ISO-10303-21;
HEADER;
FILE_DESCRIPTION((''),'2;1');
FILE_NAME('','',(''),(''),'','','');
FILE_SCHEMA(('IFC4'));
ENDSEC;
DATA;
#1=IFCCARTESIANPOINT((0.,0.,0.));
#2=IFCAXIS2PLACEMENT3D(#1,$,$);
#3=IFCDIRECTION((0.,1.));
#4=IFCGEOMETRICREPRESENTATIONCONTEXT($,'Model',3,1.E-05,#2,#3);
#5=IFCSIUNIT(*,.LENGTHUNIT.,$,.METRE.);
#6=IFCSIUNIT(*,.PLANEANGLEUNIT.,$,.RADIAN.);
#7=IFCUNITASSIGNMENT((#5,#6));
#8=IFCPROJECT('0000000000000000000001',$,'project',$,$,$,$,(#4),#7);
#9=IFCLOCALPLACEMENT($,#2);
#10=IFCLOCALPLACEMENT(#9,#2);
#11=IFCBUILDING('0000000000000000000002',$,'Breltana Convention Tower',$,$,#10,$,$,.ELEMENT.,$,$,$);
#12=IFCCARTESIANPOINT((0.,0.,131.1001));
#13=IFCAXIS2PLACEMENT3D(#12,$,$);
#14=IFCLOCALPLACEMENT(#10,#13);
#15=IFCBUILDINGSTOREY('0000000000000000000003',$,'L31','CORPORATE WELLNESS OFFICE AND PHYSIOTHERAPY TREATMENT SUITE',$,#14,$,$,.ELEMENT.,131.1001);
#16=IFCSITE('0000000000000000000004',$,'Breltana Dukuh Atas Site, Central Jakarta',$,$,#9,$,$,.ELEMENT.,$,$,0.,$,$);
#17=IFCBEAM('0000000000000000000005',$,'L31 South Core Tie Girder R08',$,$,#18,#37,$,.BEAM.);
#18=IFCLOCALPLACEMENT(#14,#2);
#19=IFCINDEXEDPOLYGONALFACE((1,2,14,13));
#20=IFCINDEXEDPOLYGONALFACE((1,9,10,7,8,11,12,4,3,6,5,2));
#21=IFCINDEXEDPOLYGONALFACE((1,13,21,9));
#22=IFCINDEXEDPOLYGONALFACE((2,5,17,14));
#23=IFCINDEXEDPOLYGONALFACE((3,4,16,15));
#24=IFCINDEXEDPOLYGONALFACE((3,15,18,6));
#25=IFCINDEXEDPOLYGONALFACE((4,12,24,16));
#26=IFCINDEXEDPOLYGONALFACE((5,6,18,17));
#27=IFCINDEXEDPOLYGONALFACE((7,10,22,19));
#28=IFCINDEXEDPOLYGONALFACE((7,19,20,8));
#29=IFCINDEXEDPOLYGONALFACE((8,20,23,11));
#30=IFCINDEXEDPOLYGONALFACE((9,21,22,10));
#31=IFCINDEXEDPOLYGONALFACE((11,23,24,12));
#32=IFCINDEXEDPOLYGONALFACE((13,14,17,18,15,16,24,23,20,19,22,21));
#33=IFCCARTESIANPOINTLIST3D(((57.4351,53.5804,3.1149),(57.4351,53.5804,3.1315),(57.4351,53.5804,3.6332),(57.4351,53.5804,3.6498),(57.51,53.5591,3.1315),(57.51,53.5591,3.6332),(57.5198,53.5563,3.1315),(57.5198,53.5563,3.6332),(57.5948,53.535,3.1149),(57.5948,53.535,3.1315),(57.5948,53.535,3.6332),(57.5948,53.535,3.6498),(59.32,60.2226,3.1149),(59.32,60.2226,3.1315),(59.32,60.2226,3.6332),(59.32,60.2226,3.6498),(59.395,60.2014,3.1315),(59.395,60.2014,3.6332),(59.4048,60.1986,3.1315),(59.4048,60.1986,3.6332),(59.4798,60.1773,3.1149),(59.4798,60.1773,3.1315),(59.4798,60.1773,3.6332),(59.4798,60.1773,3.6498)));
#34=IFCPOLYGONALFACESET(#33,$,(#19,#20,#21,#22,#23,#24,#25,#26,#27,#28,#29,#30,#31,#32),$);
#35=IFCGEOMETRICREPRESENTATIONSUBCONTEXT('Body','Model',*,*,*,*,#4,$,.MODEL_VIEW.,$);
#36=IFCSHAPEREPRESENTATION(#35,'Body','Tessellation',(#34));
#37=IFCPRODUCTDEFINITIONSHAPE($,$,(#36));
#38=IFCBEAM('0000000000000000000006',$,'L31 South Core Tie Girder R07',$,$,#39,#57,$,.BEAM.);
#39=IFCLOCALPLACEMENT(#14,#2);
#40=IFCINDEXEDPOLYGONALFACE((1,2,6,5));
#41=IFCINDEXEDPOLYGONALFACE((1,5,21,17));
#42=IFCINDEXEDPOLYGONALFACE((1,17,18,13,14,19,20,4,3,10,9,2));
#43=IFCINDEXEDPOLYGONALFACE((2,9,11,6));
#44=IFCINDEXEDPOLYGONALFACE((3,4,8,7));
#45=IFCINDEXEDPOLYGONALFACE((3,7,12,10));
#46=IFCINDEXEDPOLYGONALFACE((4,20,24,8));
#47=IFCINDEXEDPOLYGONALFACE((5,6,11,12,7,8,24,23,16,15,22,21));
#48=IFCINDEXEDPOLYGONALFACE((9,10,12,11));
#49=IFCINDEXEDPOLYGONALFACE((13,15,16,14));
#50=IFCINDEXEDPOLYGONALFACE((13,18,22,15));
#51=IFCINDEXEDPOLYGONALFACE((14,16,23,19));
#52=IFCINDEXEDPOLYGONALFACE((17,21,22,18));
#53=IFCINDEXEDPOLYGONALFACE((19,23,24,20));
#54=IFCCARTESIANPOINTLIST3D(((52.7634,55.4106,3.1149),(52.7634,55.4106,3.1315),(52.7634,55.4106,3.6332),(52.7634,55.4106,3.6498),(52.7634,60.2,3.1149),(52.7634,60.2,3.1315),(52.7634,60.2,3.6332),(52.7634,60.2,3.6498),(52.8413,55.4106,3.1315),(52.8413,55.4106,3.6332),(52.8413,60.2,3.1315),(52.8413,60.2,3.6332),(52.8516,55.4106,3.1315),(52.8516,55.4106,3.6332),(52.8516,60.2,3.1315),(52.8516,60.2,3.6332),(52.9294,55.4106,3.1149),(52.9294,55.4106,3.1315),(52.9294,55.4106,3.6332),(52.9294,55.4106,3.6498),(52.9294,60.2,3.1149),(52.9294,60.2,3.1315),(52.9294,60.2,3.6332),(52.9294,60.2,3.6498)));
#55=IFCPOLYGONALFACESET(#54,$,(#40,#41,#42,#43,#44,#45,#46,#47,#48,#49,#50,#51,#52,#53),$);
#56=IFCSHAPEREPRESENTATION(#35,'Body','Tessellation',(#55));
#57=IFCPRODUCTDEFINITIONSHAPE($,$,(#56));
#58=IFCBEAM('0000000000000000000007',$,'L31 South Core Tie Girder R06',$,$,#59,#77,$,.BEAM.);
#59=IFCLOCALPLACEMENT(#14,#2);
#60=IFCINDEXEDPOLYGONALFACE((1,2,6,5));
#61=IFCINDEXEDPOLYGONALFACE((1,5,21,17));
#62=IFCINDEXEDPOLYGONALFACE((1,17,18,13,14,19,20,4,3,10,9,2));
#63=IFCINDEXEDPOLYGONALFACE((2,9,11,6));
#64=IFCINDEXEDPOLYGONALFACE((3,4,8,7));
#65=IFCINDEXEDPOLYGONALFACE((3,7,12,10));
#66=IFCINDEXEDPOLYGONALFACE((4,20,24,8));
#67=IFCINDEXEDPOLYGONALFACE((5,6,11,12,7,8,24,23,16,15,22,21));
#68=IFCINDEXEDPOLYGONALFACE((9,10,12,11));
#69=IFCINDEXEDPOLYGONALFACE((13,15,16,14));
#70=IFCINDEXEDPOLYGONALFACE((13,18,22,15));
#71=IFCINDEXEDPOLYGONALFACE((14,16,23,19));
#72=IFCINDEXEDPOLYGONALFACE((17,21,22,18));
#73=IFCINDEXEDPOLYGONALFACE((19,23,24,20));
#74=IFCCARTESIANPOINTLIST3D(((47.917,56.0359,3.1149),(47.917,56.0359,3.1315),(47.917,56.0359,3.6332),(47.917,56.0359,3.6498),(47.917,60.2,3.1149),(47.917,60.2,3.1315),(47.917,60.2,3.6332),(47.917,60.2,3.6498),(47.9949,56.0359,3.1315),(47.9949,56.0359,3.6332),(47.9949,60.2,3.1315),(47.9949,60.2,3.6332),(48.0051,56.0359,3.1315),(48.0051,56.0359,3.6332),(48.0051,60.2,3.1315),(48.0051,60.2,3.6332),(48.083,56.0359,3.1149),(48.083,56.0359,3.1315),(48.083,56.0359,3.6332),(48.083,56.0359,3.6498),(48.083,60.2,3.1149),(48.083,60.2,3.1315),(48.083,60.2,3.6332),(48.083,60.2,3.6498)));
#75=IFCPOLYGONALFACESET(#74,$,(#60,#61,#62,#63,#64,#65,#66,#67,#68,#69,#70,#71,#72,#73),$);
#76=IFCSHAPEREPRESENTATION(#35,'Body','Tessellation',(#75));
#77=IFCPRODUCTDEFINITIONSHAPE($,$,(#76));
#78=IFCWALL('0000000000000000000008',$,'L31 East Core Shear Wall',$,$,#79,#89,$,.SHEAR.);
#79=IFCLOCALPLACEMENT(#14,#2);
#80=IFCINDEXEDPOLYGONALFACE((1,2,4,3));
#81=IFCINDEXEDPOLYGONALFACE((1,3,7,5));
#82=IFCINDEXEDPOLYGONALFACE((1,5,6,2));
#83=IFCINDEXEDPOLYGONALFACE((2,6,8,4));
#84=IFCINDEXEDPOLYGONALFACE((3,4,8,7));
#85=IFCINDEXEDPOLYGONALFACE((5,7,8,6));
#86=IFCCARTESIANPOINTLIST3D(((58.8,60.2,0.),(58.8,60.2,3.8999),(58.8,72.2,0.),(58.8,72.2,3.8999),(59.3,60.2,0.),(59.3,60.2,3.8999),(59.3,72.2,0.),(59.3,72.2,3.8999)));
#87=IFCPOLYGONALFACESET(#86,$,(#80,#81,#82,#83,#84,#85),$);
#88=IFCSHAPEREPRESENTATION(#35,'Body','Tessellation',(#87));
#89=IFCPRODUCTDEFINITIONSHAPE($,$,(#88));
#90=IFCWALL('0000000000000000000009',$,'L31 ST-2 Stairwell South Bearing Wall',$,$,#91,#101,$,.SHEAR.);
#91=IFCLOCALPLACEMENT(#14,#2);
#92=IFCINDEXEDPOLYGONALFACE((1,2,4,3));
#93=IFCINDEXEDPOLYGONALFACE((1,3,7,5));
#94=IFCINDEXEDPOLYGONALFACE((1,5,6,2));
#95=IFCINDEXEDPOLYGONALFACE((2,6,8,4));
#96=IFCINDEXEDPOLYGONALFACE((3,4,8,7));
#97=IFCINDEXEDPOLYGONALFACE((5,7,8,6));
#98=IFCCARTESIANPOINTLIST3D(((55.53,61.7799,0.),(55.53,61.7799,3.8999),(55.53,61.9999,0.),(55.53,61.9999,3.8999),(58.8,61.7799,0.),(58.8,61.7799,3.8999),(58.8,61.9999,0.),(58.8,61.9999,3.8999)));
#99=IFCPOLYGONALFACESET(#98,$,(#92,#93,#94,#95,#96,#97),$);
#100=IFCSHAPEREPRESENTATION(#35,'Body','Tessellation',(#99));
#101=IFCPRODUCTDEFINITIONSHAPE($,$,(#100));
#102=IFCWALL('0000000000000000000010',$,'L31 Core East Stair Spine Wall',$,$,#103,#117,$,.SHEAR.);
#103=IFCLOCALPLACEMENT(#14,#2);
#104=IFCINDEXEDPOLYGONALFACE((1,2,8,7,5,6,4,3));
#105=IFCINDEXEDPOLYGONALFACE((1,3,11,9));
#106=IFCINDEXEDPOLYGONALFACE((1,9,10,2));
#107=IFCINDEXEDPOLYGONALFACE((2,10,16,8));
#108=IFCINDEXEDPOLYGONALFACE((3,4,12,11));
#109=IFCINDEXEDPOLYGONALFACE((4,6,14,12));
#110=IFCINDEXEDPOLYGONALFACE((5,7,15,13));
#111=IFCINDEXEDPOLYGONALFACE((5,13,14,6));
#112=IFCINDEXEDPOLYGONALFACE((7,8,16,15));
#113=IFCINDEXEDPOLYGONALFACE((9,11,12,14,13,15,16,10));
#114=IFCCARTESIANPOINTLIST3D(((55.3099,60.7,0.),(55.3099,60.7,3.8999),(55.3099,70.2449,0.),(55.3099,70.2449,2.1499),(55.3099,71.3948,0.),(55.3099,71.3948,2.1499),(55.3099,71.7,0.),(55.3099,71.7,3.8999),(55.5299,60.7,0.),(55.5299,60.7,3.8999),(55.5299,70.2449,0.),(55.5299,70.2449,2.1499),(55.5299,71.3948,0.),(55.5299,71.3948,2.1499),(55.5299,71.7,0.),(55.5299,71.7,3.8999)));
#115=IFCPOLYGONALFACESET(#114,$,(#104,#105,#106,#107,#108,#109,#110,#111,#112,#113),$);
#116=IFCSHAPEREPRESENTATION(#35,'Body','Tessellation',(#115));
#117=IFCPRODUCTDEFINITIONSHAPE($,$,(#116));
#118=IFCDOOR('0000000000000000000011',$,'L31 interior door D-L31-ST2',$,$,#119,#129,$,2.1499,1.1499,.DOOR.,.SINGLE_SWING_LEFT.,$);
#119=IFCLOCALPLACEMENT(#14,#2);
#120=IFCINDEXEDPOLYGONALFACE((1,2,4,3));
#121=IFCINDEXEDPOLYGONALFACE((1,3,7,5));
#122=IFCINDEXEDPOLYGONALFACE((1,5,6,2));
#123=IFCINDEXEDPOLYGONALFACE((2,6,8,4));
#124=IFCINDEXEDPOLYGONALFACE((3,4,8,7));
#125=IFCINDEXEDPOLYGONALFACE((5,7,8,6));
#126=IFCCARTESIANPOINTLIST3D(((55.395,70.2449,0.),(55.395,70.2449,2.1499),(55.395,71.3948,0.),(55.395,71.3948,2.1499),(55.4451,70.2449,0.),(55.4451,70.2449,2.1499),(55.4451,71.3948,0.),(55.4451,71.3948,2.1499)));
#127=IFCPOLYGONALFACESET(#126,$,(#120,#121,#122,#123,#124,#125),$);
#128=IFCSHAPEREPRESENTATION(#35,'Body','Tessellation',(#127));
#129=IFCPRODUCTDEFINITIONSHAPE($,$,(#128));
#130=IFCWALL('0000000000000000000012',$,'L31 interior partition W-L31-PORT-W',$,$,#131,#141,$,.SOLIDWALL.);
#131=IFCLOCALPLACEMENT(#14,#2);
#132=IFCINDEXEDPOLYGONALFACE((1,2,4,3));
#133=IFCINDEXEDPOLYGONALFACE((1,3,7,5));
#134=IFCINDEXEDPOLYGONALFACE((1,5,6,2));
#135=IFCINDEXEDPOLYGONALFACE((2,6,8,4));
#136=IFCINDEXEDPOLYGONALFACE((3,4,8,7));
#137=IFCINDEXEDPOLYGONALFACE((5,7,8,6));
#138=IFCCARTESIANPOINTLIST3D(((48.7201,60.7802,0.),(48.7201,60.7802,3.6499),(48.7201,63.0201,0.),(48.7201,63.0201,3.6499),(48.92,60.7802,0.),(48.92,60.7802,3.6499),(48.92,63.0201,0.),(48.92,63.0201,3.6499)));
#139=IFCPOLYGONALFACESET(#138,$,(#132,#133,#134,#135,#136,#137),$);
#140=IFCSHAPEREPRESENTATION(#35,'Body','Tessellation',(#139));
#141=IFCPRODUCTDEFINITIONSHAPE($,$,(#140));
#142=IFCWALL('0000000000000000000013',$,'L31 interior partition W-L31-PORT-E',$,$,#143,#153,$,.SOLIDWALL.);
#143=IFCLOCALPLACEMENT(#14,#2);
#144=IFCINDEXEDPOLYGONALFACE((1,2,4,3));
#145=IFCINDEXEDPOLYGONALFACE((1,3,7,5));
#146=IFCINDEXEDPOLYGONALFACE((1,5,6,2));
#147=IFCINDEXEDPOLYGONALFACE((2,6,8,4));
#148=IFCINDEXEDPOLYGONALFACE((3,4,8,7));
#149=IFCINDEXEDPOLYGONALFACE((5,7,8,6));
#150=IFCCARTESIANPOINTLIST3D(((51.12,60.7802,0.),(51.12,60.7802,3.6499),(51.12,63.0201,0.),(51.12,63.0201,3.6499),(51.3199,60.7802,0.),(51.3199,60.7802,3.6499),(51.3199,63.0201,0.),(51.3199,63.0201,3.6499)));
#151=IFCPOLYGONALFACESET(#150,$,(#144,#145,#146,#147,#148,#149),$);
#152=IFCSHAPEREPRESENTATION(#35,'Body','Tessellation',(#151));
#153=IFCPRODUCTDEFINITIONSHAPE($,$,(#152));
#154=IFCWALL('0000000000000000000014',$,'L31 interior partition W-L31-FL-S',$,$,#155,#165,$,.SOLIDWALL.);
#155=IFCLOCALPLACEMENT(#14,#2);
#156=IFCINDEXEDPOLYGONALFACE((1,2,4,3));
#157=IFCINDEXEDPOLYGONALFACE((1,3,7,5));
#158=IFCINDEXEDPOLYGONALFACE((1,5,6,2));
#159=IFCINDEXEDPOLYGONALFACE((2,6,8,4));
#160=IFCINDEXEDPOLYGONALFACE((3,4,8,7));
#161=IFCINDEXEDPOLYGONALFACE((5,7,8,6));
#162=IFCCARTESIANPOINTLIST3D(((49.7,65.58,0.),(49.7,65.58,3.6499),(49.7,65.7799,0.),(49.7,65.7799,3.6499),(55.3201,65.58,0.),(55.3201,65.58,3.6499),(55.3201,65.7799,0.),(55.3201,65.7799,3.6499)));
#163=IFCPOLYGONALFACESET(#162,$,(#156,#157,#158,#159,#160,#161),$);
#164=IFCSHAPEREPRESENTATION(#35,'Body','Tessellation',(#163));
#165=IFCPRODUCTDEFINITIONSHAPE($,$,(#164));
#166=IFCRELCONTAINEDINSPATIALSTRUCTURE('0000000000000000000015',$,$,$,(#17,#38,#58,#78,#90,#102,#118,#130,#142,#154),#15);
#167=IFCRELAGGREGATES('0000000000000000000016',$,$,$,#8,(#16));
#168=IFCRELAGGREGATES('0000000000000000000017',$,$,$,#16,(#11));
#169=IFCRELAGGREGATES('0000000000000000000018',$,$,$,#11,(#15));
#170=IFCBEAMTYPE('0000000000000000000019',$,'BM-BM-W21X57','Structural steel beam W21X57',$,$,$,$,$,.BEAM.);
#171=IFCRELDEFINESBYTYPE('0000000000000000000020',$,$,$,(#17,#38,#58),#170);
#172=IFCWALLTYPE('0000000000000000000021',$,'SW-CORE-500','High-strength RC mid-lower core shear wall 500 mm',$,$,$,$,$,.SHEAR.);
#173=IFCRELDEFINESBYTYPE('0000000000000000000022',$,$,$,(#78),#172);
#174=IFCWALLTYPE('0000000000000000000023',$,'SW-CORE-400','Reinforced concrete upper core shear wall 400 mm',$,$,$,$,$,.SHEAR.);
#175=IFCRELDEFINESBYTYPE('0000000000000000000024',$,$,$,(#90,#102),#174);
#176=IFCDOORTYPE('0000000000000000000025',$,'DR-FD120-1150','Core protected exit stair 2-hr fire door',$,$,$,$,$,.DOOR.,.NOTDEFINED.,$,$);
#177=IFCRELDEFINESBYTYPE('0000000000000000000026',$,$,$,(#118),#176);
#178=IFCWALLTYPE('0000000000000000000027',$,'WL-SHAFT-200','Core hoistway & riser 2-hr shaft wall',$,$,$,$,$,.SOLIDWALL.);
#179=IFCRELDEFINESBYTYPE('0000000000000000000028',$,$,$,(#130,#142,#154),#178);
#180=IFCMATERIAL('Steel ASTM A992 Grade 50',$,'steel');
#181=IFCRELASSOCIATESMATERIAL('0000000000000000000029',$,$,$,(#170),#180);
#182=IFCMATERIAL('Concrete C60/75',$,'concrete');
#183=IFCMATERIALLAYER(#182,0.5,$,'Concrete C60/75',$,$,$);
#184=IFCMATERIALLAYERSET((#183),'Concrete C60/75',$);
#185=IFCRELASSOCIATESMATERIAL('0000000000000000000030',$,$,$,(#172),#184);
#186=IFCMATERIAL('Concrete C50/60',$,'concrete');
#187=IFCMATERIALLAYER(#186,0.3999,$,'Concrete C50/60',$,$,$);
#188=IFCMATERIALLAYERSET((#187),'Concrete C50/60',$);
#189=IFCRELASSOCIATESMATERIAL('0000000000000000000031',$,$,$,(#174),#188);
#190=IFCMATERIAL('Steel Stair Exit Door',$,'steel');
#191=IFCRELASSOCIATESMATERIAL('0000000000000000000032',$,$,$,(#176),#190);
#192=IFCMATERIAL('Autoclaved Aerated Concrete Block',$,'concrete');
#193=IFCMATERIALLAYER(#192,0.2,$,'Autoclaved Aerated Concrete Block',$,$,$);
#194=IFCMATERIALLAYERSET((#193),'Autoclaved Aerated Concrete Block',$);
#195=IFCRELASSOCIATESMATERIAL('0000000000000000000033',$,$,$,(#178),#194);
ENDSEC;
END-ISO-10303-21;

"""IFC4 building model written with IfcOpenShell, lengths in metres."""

from ifc_helpers import new_model, si_unit, direction, frame, frame_2d, origin, origin_2d, place, context, subcontext, project, spatial, rectangle, i_section, extrude, source, transform, mapped, material, layer, layer_set, material_profile, profile_set, type_object, type_shapes, element, fill, save


model = new_model("IFC4")

# Units and contexts
model_context = context("Model", 3, precision=1e-05, world=origin(), true_north=direction((0.0, 1.0)))
body_context = subcontext(model_context, "Body", "Model", "MODEL_VIEW")
ifc_project = project(units=[si_unit("LENGTHUNIT", "METRE"), si_unit("PLANEANGLEUNIT", "RADIAN")], contexts=[model_context])

# Site, building, storey
site_placement = place(None, origin())
site = spatial("IfcSite", under=ifc_project, at=site_placement, Name="Breltana Dukuh Atas Site, Central Jakarta", CompositionType="ELEMENT", RefElevation=0.0)
building_placement = place(site_placement, origin())
building = spatial("IfcBuilding", under=site, at=building_placement, Name="Breltana Convention Tower", CompositionType="ELEMENT")
storey_placement = place(building_placement, frame((0.0, 0.0, 131.1001)))
storey = spatial("IfcBuildingStorey", under=building, at=storey_placement, Name="L31", Description="CORPORATE WELLNESS OFFICE AND PHYSIOTHERAPY TREATMENT SUITE", CompositionType="ELEMENT", Elevation=131.1001)

# Beams
ifc_material_1 = material(Name="Steel ASTM A992 Grade 50", Category="steel")
ifc_material_profile = material_profile(ifc_material_1, i_section(OverallWidth=0.166, OverallDepth=0.5349, WebThickness=0.0103, FlangeThickness=0.0166, at=origin_2d()), Name="W21X57")
ifc_profile_set = profile_set([ifc_material_profile], Name="Steel ASTM A992 Grade 50")
beam_type = type_object("IfcBeamType", Name="BM-BM-W21X57", Description="Structural steel beam W21X57", PredefinedType="BEAM", material=ifc_profile_set)
shared_shape_1 = source(origin(), body_context, "Body", "SweptSolid", [
    extrude(i_section(OverallWidth=0.166, OverallDepth=0.5349, WebThickness=0.0103, FlangeThickness=0.0166, at=origin_2d()), origin(), (0.0, 0.0, 1.0), 6.9045),
])
type_shapes(beam_type, [shared_shape_1])
beam_1_placement = place(storey_placement, frame((59.3999, 60.2, 3.3823), z_axis=(-0.273007, -0.962012, 0.0), x_axis=(0.962012, -0.273007, 0.0)))
element("IfcBeam", 1, at=beam_1_placement, inside=storey, type_object=beam_type, Name="L31 South Core Tie Girder R08", PredefinedType="BEAM", context=body_context, shape_type="MappedRepresentation", body=[
    mapped(shared_shape_1, transform((0.0, 0.0, 0.0), scale=1.0)),
])
shared_shape_2 = source(origin(), body_context, "Body", "SweptSolid", [
    extrude(i_section(OverallWidth=0.166, OverallDepth=0.5349, WebThickness=0.0103, FlangeThickness=0.0166, at=origin_2d()), origin(), (0.0, 0.0, 1.0), 4.7893),
])
beam_2_placement = place(storey_placement, frame((52.8464, 60.2, 3.3823), z_axis=(0.0, -1.0, 0.0), x_axis=(1.0, 0.0, 0.0)))
element("IfcBeam", 2, at=beam_2_placement, inside=storey, type_object=beam_type, Name="L31 South Core Tie Girder R07", PredefinedType="BEAM", context=body_context, shape_type="MappedRepresentation", body=[
    mapped(shared_shape_2, transform((0.0, 0.0, 0.0), scale=1.0)),
])
shared_shape_3 = source(origin(), body_context, "Body", "SweptSolid", [
    extrude(i_section(OverallWidth=0.166, OverallDepth=0.5349, WebThickness=0.0103, FlangeThickness=0.0166, at=origin_2d()), origin(), (0.0, 0.0, 1.0), 4.1641),
])
beam_3_placement = place(storey_placement, frame((48.0, 60.2, 3.3823), z_axis=(0.0, -1.0, 0.0), x_axis=(1.0, 0.0, 0.0)))
element("IfcBeam", 3, at=beam_3_placement, inside=storey, type_object=beam_type, Name="L31 South Core Tie Girder R06", PredefinedType="BEAM", context=body_context, shape_type="MappedRepresentation", body=[
    mapped(shared_shape_3, transform((0.0, 0.0, 0.0), scale=1.0)),
])

# Walls
ifc_material_2 = material(Name="Concrete C60/75", Category="concrete")
ifc_layer_1 = layer(ifc_material_2, 0.5, Name="Concrete C60/75")
ifc_layer_set_1 = layer_set([ifc_layer_1], Name="Concrete C60/75")
wall_type_1 = type_object("IfcWallType", Name="SW-CORE-500", Description="High-strength RC mid-lower core shear wall 500 mm", PredefinedType="SHEAR", material=ifc_layer_set_1)
shared_shape_4 = source(origin(), body_context, "Body", "SweptSolid", [
    extrude(rectangle(XDim=12.0, YDim=0.5, at=frame_2d((6.0, 0.0))), origin(), (0.0, 0.0, 1.0), 3.8999),
])
wall_1_placement = place(storey_placement, frame((59.05, 60.2, 0.0), z_axis=(0.0, 0.0, 1.0), x_axis=(0.0, 1.0, 0.0)))
element("IfcWall", 4, at=wall_1_placement, inside=storey, type_object=wall_type_1, Name="L31 East Core Shear Wall", PredefinedType="SHEAR", context=body_context, shape_type="MappedRepresentation", body=[
    mapped(shared_shape_4, transform((0.0, 0.0, 0.0), scale=1.0)),
])
ifc_material_3 = material(Name="Concrete C50/60", Category="concrete")
ifc_layer_2 = layer(ifc_material_3, 0.3999, Name="Concrete C50/60")
ifc_layer_set_2 = layer_set([ifc_layer_2], Name="Concrete C50/60")
wall_type_2 = type_object("IfcWallType", Name="SW-CORE-400", Description="Reinforced concrete upper core shear wall 400 mm", PredefinedType="SHEAR", material=ifc_layer_set_2)
shared_shape_5 = source(origin(), body_context, "Body", "SweptSolid", [
    extrude(rectangle(XDim=3.27, YDim=0.22, at=frame_2d((1.635, 0.0))), origin(), (0.0, 0.0, 1.0), 3.8999),
])
wall_2_placement = place(storey_placement, frame((55.53, 61.8899, 0.0), z_axis=(0.0, 0.0, 1.0), x_axis=(1.0, 0.0, 0.0)))
element("IfcWall", 5, at=wall_2_placement, inside=storey, type_object=wall_type_2, Name="L31 ST-2 Stairwell South Bearing Wall", PredefinedType="SHEAR", context=body_context, shape_type="MappedRepresentation", body=[
    mapped(shared_shape_5, transform((0.0, 0.0, 0.0), scale=1.0)),
])

# Wall, opening, door
shared_shape_6 = source(origin(), body_context, "Body", "SweptSolid", [
    extrude(rectangle(XDim=11.0, YDim=0.22, at=frame_2d((5.5, 0.0))), origin(), (0.0, 0.0, 1.0), 3.8999),
])
wall_3_placement = place(storey_placement, frame((55.4199, 60.7, 0.0), z_axis=(0.0, 0.0, 1.0), x_axis=(0.0, 1.0, 0.0)))
wall_3 = element("IfcWall", 6, at=wall_3_placement, inside=storey, type_object=wall_type_2, Name="L31 Core East Stair Spine Wall", PredefinedType="SHEAR", context=body_context, shape_type="MappedRepresentation", body=[
    mapped(shared_shape_6, transform((0.0, 0.0, 0.0), scale=1.0)),
])
opening_placement = place(wall_3_placement, frame((9.5449, 0.0, 0.0)))
opening = element("IfcOpeningElement", 7, at=opening_placement, cuts=wall_3, PredefinedType="OPENING", context=body_context, shape_type="SweptSolid", body=[
    extrude(rectangle(XDim=1.1499, YDim=2.1499, at=frame_2d((0.575, 1.075))), frame((0.0, 0.1201, 0.0), z_axis=(0.0, -1.0, 0.0), x_axis=(1.0, 0.0, 0.0)), (0.0, 0.0, 1.0), 0.24),
])
ifc_material_4 = material(Name="Steel Stair Exit Door", Category="steel")
door_type = type_object("IfcDoorType", Name="DR-FD120-1150", Description="Core protected exit stair 2-hr fire door", OperationType="NOTDEFINED", PredefinedType="DOOR", material=ifc_material_4)
shared_shape_7 = source(origin(), body_context, "Body", "SweptSolid", [
    extrude(rectangle(XDim=1.1499, YDim=2.1499, at=frame_2d((0.575, 1.075))), frame((0.0, 0.0249, 0.0), z_axis=(0.0, -1.0, 0.0), x_axis=(1.0, 0.0, 0.0)), (0.0, 0.0, 1.0), 0.05),
])
type_shapes(door_type, [shared_shape_7])
door_placement = place(opening_placement, origin())
door = element("IfcDoor", 8, at=door_placement, inside=storey, type_object=door_type, Name="L31 interior door D-L31-ST2", OperationType="SINGLE_SWING_LEFT", OverallHeight=2.1499, OverallWidth=1.1499, PredefinedType="DOOR", context=body_context, shape_type="MappedRepresentation", body=[
    mapped(shared_shape_7, transform((0.0, 0.0, 0.0), scale=1.0)),
])
fill(opening, door)

# Walls
ifc_material_5 = material(Name="Autoclaved Aerated Concrete Block", Category="concrete")
ifc_layer_3 = layer(ifc_material_5, 0.2, Name="Autoclaved Aerated Concrete Block")
ifc_layer_set_3 = layer_set([ifc_layer_3], Name="Autoclaved Aerated Concrete Block")
wall_type_3 = type_object("IfcWallType", Name="WL-SHAFT-200", Description="Core hoistway & riser 2-hr shaft wall", PredefinedType="SOLIDWALL", material=ifc_layer_set_3)
shared_shape_8 = source(origin(), body_context, "Body", "SweptSolid", [
    extrude(rectangle(XDim=2.24, YDim=0.2, at=frame_2d((1.1201, 0.0))), origin(), (0.0, 0.0, 1.0), 3.6499),
])
for number, where, z_axis, x_axis, name in (
    (9, (48.8201, 60.78, 0.0), (0.0, 0.0, 1.0), (0.0, 1.0, 0.0), "L31 interior partition W-L31-PORT-W"),
    (10, (51.22, 60.78, 0.0), (0.0, 0.0, 1.0), (0.0, 1.0, 0.0), "L31 interior partition W-L31-PORT-E"),
):
    element("IfcWall", number, at=place(storey_placement, frame(where, z_axis=z_axis, x_axis=x_axis)), inside=storey, type_object=wall_type_3, Name=name, PredefinedType="SOLIDWALL", context=body_context, shape_type="MappedRepresentation", body=[
        mapped(shared_shape_8, transform((0.0, 0.0, 0.0), scale=1.0)),
    ])
shared_shape_9 = source(origin(), body_context, "Body", "SweptSolid", [
    extrude(rectangle(XDim=5.6201, YDim=0.2, at=frame_2d((2.8101, 0.0))), origin(), (0.0, 0.0, 1.0), 3.6499),
])
wall_4_placement = place(storey_placement, frame((49.7, 65.6799, 0.0), z_axis=(0.0, 0.0, 1.0), x_axis=(1.0, 0.0, 0.0)))
element("IfcWall", 11, at=wall_4_placement, inside=storey, type_object=wall_type_3, Name="L31 interior partition W-L31-FL-S", PredefinedType="SOLIDWALL", context=body_context, shape_type="MappedRepresentation", body=[
    mapped(shared_shape_9, transform((0.0, 0.0, 0.0), scale=1.0)),
])

save(model, "model.ifc")
